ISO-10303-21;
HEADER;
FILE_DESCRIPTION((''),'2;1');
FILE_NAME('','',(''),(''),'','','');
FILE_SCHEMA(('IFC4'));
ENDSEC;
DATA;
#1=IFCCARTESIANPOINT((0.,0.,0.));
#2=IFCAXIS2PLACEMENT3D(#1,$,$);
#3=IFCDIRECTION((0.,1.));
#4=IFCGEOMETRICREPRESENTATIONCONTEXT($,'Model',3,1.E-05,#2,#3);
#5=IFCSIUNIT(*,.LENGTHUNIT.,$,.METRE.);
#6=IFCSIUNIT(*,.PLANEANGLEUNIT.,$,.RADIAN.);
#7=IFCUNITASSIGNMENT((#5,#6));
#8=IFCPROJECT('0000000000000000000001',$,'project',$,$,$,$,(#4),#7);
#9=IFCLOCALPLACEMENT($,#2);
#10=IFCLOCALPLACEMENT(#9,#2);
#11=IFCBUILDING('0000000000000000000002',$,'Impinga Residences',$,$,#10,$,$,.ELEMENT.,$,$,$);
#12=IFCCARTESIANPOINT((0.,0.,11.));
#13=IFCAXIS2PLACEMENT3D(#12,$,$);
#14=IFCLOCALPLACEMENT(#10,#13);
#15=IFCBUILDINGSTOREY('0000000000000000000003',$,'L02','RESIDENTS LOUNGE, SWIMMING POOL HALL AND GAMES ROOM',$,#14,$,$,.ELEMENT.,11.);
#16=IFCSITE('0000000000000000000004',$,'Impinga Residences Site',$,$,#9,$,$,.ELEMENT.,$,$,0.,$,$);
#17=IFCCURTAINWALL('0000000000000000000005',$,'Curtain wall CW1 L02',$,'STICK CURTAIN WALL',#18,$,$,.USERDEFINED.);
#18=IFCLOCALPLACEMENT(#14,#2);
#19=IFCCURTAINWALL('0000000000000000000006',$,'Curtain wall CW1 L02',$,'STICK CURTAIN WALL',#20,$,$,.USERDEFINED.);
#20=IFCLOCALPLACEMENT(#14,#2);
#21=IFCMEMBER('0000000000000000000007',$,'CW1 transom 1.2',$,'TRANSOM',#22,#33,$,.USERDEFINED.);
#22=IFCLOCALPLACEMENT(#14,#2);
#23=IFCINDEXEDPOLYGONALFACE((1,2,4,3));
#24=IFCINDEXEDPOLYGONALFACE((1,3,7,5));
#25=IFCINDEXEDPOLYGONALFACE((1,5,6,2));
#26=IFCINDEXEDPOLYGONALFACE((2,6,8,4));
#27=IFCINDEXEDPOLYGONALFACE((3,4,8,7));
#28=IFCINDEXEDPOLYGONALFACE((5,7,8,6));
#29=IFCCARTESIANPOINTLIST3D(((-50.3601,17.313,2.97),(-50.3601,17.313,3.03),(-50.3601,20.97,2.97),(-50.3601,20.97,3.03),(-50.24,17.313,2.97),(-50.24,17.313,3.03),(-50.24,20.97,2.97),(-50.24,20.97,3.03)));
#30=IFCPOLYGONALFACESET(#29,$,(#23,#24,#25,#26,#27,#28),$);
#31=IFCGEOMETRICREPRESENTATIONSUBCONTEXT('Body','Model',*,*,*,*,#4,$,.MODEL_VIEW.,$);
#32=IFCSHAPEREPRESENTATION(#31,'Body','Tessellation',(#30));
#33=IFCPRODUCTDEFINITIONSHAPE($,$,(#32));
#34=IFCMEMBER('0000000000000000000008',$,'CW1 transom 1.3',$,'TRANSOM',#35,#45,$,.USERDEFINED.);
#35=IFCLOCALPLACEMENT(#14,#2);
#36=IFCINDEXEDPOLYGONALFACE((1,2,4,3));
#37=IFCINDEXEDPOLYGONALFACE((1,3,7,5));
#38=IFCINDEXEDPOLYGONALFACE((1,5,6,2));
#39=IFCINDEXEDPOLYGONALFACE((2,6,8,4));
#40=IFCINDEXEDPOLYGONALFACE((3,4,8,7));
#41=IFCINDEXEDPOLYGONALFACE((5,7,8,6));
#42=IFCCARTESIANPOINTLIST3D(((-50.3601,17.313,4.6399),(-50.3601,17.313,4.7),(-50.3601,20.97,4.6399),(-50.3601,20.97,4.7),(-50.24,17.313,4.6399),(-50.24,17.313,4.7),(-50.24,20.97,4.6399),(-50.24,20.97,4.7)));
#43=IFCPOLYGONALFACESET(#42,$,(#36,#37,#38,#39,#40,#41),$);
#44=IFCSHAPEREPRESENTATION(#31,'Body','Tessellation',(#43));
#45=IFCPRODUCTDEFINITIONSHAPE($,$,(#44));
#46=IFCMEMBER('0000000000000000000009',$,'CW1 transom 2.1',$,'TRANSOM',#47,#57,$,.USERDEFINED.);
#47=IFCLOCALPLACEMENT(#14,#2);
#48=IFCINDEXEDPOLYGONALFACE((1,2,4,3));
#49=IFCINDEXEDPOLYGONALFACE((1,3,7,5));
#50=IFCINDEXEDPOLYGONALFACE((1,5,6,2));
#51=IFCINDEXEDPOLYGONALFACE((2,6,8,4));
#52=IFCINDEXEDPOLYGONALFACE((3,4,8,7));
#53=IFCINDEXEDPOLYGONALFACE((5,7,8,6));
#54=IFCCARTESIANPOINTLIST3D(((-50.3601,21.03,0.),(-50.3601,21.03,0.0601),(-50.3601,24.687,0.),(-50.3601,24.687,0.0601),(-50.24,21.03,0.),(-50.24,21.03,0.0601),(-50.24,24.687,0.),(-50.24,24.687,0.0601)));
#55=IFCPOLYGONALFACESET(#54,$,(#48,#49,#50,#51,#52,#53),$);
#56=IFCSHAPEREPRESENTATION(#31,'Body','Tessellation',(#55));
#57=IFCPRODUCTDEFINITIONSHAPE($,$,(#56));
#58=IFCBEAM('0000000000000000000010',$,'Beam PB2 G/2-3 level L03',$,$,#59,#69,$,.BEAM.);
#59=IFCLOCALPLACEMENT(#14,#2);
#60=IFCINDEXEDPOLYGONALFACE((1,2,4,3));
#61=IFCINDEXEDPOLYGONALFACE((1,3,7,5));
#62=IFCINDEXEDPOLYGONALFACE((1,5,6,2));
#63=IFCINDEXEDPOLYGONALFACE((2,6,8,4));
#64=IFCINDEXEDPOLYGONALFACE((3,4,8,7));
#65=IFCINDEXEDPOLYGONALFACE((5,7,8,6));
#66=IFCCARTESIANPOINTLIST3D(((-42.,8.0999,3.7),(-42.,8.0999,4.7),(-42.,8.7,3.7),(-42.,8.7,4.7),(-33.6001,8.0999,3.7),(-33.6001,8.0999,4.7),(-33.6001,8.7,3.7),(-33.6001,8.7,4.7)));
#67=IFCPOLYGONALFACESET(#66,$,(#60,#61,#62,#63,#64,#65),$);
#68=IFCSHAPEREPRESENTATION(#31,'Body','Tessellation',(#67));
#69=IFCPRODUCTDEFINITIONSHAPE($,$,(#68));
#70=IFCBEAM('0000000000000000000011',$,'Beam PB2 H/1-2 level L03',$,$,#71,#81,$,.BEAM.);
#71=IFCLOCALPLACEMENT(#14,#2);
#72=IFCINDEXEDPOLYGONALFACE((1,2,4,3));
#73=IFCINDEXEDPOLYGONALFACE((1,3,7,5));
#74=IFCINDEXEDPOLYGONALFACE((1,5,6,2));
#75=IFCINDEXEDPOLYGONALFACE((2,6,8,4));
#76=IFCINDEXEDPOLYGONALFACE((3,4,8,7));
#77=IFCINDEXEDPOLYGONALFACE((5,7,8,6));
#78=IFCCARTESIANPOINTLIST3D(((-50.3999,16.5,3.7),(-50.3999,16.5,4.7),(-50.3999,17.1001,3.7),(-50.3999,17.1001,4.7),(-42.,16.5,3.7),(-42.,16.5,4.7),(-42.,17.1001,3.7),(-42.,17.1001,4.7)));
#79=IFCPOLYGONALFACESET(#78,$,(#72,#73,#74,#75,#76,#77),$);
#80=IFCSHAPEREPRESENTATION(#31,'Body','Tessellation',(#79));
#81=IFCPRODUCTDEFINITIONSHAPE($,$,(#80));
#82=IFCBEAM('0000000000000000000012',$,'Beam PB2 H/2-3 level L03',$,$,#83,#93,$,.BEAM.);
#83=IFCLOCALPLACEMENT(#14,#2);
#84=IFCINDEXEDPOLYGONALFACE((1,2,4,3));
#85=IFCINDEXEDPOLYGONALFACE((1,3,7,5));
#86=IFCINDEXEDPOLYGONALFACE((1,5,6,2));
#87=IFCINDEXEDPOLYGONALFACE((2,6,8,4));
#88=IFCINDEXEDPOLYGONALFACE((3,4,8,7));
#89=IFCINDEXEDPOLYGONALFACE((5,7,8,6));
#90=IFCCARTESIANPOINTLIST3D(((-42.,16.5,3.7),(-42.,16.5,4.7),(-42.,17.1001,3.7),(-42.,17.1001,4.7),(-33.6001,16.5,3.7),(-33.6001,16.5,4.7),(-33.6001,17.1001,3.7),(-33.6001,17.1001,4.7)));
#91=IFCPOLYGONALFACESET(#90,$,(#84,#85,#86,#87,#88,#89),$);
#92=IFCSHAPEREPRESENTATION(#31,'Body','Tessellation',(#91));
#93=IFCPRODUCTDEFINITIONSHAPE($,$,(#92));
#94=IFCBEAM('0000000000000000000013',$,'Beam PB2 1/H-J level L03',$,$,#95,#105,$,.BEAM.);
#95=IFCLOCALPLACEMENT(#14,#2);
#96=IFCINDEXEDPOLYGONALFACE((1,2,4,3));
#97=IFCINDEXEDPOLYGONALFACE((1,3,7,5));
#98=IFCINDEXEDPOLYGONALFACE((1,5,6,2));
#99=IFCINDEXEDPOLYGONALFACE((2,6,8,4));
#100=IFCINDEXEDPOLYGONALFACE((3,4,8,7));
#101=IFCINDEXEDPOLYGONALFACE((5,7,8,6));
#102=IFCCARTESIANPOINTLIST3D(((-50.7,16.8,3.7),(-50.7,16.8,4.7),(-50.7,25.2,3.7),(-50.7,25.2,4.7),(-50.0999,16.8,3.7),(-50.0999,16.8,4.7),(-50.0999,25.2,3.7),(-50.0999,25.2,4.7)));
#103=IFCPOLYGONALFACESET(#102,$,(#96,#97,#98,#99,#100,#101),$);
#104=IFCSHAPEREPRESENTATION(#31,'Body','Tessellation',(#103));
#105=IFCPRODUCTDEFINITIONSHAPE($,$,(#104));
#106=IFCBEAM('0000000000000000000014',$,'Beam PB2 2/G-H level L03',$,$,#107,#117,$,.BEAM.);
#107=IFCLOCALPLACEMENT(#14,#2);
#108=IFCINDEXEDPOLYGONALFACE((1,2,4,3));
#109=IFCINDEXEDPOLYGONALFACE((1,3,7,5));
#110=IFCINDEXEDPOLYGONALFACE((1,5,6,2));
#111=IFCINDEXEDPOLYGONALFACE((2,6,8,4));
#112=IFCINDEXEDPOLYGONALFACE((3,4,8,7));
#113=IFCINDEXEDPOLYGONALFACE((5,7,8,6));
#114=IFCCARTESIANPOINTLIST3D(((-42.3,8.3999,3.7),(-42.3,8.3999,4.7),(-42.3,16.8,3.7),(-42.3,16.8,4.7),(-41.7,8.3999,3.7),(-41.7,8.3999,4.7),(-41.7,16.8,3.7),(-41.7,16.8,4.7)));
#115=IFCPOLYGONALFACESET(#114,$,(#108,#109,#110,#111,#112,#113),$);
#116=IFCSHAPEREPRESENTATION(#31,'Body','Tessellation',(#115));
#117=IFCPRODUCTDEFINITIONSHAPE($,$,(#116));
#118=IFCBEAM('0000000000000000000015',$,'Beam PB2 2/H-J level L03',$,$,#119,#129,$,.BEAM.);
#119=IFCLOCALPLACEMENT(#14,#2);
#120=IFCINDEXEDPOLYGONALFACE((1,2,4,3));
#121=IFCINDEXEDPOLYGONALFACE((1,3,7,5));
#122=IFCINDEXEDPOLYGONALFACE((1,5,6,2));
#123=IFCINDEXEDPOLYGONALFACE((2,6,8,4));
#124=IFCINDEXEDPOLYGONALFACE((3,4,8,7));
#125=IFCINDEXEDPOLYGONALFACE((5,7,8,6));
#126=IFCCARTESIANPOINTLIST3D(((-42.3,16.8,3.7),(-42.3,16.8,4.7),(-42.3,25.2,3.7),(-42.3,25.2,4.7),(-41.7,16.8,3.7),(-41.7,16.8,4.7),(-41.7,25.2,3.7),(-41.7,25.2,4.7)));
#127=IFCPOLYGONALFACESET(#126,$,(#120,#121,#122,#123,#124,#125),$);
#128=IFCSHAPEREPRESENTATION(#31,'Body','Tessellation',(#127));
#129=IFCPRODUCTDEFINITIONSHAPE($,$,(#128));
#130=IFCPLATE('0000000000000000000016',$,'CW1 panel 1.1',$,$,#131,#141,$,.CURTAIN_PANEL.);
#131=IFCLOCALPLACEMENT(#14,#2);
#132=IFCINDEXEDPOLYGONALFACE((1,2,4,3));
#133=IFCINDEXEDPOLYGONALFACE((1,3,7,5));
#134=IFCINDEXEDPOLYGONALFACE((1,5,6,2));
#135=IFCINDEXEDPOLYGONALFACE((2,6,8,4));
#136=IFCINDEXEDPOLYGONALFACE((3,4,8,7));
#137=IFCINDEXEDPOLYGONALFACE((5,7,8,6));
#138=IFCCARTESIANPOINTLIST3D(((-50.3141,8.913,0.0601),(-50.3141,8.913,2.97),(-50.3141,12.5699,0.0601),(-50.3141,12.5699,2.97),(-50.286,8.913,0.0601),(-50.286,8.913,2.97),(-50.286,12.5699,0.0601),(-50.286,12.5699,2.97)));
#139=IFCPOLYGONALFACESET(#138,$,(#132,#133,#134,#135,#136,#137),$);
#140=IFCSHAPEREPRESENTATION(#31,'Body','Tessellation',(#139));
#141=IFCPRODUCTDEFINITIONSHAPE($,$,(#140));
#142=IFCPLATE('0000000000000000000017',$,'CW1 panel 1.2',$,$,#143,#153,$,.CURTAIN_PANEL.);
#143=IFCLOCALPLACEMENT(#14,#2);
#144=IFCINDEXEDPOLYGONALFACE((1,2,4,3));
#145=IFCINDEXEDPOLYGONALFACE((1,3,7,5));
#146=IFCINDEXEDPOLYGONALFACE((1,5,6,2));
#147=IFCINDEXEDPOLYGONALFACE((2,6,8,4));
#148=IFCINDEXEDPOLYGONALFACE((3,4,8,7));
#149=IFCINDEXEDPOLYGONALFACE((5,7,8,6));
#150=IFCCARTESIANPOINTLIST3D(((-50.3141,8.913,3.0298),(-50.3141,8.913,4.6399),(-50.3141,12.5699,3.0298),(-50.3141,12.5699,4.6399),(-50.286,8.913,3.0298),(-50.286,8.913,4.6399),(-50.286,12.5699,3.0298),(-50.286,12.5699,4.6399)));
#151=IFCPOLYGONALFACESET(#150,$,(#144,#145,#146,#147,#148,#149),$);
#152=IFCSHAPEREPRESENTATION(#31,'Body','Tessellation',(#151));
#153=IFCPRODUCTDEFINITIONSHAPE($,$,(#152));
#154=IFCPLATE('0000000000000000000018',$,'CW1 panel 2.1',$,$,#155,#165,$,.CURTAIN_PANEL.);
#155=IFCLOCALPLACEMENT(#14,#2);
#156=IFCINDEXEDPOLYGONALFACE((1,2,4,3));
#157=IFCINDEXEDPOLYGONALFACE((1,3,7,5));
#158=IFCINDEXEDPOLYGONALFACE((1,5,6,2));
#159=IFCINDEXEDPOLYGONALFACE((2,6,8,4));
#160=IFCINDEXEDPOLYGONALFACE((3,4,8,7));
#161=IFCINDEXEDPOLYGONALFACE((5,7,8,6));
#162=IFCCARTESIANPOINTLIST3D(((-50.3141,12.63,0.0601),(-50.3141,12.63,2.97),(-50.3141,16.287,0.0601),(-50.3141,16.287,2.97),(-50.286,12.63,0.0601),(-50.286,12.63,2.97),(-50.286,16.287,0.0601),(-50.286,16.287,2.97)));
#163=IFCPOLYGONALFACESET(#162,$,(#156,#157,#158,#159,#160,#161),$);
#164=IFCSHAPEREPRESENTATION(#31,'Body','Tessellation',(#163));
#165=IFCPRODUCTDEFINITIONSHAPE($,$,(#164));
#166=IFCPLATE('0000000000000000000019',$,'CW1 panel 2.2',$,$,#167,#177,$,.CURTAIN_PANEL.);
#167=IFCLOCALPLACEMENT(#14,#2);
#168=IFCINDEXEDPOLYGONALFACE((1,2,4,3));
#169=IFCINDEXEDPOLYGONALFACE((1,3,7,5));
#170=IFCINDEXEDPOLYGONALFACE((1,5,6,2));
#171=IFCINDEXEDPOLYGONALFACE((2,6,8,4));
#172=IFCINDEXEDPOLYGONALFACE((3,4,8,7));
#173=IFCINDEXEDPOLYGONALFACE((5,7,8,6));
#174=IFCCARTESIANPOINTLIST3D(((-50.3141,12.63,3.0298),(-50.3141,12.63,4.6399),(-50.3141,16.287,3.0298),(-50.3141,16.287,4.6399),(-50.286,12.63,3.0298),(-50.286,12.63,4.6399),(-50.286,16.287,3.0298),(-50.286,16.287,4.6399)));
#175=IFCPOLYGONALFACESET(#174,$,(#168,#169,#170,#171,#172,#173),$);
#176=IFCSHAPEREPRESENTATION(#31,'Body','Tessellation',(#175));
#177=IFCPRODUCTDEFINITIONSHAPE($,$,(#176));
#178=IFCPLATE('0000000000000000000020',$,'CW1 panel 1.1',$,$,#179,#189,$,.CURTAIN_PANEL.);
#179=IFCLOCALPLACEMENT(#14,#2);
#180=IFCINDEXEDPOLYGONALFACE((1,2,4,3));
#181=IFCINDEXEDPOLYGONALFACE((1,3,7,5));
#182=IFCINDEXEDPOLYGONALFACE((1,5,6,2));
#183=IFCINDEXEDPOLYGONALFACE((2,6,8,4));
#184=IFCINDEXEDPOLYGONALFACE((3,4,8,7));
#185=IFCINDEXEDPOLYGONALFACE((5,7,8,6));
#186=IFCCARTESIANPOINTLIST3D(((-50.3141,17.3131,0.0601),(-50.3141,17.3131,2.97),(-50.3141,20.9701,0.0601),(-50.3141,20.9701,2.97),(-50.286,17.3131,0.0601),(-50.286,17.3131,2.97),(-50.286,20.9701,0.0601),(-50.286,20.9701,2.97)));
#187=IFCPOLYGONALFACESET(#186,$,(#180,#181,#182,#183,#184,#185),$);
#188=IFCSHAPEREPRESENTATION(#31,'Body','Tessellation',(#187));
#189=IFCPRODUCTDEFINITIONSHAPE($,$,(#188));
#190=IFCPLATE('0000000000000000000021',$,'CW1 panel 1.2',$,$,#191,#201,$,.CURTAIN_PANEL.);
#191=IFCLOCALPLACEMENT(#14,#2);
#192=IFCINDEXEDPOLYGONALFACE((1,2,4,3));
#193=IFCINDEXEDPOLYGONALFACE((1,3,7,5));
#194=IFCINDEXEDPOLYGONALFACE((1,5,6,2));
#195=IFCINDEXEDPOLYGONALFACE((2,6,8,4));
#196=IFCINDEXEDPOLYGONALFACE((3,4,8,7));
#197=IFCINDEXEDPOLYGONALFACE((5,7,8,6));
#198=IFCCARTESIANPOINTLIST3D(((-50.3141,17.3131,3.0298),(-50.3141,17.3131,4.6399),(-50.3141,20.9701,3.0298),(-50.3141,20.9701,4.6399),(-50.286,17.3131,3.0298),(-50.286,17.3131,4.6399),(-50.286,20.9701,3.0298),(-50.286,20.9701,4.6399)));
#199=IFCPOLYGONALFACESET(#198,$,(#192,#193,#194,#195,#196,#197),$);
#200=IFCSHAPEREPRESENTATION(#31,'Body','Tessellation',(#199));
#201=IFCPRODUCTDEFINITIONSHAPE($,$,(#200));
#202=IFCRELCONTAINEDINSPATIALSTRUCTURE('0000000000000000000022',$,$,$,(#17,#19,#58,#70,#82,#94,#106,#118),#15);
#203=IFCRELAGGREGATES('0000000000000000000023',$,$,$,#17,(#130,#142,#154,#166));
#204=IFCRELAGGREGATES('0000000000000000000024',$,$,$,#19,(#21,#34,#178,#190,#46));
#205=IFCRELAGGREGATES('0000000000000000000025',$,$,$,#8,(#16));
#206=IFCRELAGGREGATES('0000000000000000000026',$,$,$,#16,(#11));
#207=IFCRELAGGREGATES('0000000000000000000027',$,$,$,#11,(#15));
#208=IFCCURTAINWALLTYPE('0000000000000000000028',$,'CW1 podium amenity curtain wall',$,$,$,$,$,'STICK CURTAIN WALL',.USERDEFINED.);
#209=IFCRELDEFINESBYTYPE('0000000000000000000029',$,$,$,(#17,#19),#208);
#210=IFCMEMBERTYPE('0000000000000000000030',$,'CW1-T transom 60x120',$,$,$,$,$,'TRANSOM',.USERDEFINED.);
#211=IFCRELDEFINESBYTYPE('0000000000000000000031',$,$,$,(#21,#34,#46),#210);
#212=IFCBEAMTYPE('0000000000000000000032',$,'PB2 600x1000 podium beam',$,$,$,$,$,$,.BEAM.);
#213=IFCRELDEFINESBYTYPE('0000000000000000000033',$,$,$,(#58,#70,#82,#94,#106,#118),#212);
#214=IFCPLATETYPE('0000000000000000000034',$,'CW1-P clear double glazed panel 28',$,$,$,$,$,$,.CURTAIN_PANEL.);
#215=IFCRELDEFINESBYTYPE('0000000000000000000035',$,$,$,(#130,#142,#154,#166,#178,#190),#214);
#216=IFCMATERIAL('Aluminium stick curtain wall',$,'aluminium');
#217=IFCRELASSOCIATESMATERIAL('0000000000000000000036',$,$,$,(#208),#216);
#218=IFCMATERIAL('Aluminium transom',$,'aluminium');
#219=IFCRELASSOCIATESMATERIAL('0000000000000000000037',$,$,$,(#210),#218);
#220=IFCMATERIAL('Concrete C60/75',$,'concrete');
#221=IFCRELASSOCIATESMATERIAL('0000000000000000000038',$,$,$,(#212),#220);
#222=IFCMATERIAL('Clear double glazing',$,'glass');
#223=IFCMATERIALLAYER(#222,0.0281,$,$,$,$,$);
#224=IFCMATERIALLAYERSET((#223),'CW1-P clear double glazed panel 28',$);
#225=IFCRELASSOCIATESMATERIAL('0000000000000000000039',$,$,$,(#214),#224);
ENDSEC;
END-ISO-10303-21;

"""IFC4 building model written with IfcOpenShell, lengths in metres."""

from ifc_helpers import new_model, si_unit, direction, frame, origin, origin_2d, place, context, subcontext, project, spatial, rectangle, extrude, material, layer, layer_set, material_profile, profile_set, type_object, element, aggregate, save


model = new_model("IFC4")

# Units and contexts
model_context = context("Model", 3, precision=1e-05, world=origin(), true_north=direction((0.0, 1.0)))
body_context = subcontext(model_context, "Body", "Model", "MODEL_VIEW")
ifc_project = project(units=[si_unit("LENGTHUNIT", "METRE"), si_unit("PLANEANGLEUNIT", "RADIAN")], contexts=[model_context])

# Site, building, storey
site_placement = place(None, origin())
site = spatial("IfcSite", under=ifc_project, at=site_placement, Name="Impinga Residences Site", CompositionType="ELEMENT", RefElevation=0.0)
building_placement = place(site_placement, origin())
building = spatial("IfcBuilding", under=site, at=building_placement, Name="Impinga Residences", CompositionType="ELEMENT")
storey_placement = place(building_placement, frame((0.0, 0.0, 11.0)))
storey = spatial("IfcBuildingStorey", under=building, at=storey_placement, Name="L02", Description="RESIDENTS LOUNGE, SWIMMING POOL HALL AND GAMES ROOM", CompositionType="ELEMENT", Elevation=11.0)

# Curtain walls
ifc_material_1 = material(Name="Aluminium stick curtain wall", Category="aluminium")
curtain_wall_type = type_object("IfcCurtainWallType", Name="CW1 podium amenity curtain wall", ElementType="STICK CURTAIN WALL", PredefinedType="USERDEFINED", material=ifc_material_1)
curtain_wall_1_placement = place(storey_placement, origin())
curtain_wall_1 = element("IfcCurtainWall", 1, at=curtain_wall_1_placement, inside=storey, type_object=curtain_wall_type, Name="Curtain wall CW1 L02", ObjectType="STICK CURTAIN WALL", PredefinedType="USERDEFINED")
curtain_wall_2_placement = place(storey_placement, origin())
curtain_wall_2 = element("IfcCurtainWall", 2, at=curtain_wall_2_placement, inside=storey, type_object=curtain_wall_type, Name="Curtain wall CW1 L02", ObjectType="STICK CURTAIN WALL", PredefinedType="USERDEFINED")

# Members
ifc_material_2 = material(Name="Aluminium transom", Category="aluminium")
ifc_material_profile_1 = material_profile(ifc_material_2, rectangle(XDim=0.0601, YDim=0.1201, at=origin_2d()), Name="60x120 transom")
ifc_profile_set_1 = profile_set([ifc_material_profile_1], Name="Aluminium transom")
member_type_1 = type_object("IfcMemberType", Name="CW1-T transom 60x120", ElementType="TRANSOM", PredefinedType="USERDEFINED", material=ifc_profile_set_1)
member_1_placement = place(storey_placement, frame((-50.3, 17.313, 3.0), z_axis=(0.0, 1.0, 0.0), x_axis=(0.0, 0.0, 1.0)))
member_1 = element("IfcMember", 3, at=member_1_placement, type_object=member_type_1, Name="CW1 transom 1.2", ObjectType="TRANSOM", PredefinedType="USERDEFINED", context=body_context, shape_type="SweptSolid", body=[
    extrude(rectangle(XDim=0.0601, YDim=0.1201, at=origin_2d()), origin(), (0.0, 0.0, 1.0), 3.657),
])
member_2_placement = place(storey_placement, frame((-50.3, 17.313, 4.6699), z_axis=(0.0, 1.0, 0.0), x_axis=(0.0, 0.0, 1.0)))
member_2 = element("IfcMember", 4, at=member_2_placement, type_object=member_type_1, Name="CW1 transom 1.3", ObjectType="TRANSOM", PredefinedType="USERDEFINED", context=body_context, shape_type="SweptSolid", body=[
    extrude(rectangle(XDim=0.0601, YDim=0.1201, at=origin_2d()), origin(), (0.0, 0.0, 1.0), 3.657),
])
member_3_placement = place(storey_placement, frame((-50.3, 21.03, 0.03), z_axis=(0.0, 1.0, 0.0), x_axis=(0.0, 0.0, 1.0)))
member_3 = element("IfcMember", 5, at=member_3_placement, type_object=member_type_1, Name="CW1 transom 2.1", ObjectType="TRANSOM", PredefinedType="USERDEFINED", context=body_context, shape_type="SweptSolid", body=[
    extrude(rectangle(XDim=0.0601, YDim=0.1201, at=origin_2d()), origin(), (0.0, 0.0, 1.0), 3.657),
])

# Beams
ifc_material_3 = material(Name="Concrete C60/75", Category="concrete")
ifc_material_profile_2 = material_profile(ifc_material_3, rectangle(XDim=0.6001, YDim=1.0, at=origin_2d()), Name="RC 600x1000")
ifc_profile_set_2 = profile_set([ifc_material_profile_2], Name="Concrete C60/75")
beam_type = type_object("IfcBeamType", Name="PB2 600x1000 podium beam", PredefinedType="BEAM", material=ifc_profile_set_2)
for number, where, z_axis, x_axis, name in (
    (6, (-42.0, 8.3999, 4.2), (1.0, 0.0, 0.0), (0.0, 1.0, 0.0), "Beam PB2 G/2-3 level L03"),
    (7, (-50.3999, 16.8, 4.2), (1.0, 0.0, 0.0), (0.0, 1.0, 0.0), "Beam PB2 H/1-2 level L03"),
    (8, (-42.0, 16.8, 4.2), (1.0, 0.0, 0.0), (0.0, 1.0, 0.0), "Beam PB2 H/2-3 level L03"),
    (9, (-50.3999, 16.8, 4.2), (0.0, 1.0, 0.0), (-1.0, 0.0, 0.0), "Beam PB2 1/H-J level L03"),
):
    element("IfcBeam", number, at=place(storey_placement, frame(where, z_axis=z_axis, x_axis=x_axis)), inside=storey, type_object=beam_type, Name=name, PredefinedType="BEAM", context=body_context, shape_type="SweptSolid", body=[
        extrude(rectangle(XDim=0.6001, YDim=1.0, at=origin_2d()), origin(), (0.0, 0.0, 1.0), 8.3999),
    ])
beam_1_placement = place(storey_placement, frame((-42.0, 8.3999, 4.2), z_axis=(0.0, 1.0, 0.0), x_axis=(-1.0, 0.0, 0.0)))
element("IfcBeam", 10, at=beam_1_placement, inside=storey, type_object=beam_type, Name="Beam PB2 2/G-H level L03", PredefinedType="BEAM", context=body_context, shape_type="SweptSolid", body=[
    extrude(rectangle(XDim=0.6001, YDim=1.0, at=origin_2d()), origin(), (0.0, 0.0, 1.0), 8.4001),
])
beam_2_placement = place(storey_placement, frame((-42.0, 16.8, 4.2), z_axis=(0.0, 1.0, 0.0), x_axis=(-1.0, 0.0, 0.0)))
element("IfcBeam", 11, at=beam_2_placement, inside=storey, type_object=beam_type, Name="Beam PB2 2/H-J level L03", PredefinedType="BEAM", context=body_context, shape_type="SweptSolid", body=[
    extrude(rectangle(XDim=0.6001, YDim=1.0, at=origin_2d()), origin(), (0.0, 0.0, 1.0), 8.3999),
])

# Plates
ifc_material_4 = material(Name="Clear double glazing", Category="glass")
ifc_layer_1 = layer(ifc_material_4, 0.0281)
ifc_layer_set_1 = layer_set([ifc_layer_1], Name="CW1-P clear double glazed panel 28")
plate_type = type_object("IfcPlateType", Name="CW1-P clear double glazed panel 28", PredefinedType="CURTAIN_PANEL", material=ifc_layer_set_1)
plate_1_placement = place(storey_placement, frame((-50.3, 10.7415, 0.0601), z_axis=(0.0, 0.0, 1.0), x_axis=(0.0, 1.0, 0.0)))
plate_1 = element("IfcPlate", 12, at=plate_1_placement, type_object=plate_type, Name="CW1 panel 1.1", PredefinedType="CURTAIN_PANEL", context=body_context, shape_type="SweptSolid", body=[
    extrude(rectangle(XDim=3.657, YDim=0.0281, at=origin_2d()), origin(), (0.0, 0.0, 1.0), 2.9099),
])
plate_2_placement = place(storey_placement, frame((-50.3, 10.7415, 3.0298), z_axis=(0.0, 0.0, 1.0), x_axis=(0.0, 1.0, 0.0)))
plate_2 = element("IfcPlate", 13, at=plate_2_placement, type_object=plate_type, Name="CW1 panel 1.2", PredefinedType="CURTAIN_PANEL", context=body_context, shape_type="SweptSolid", body=[
    extrude(rectangle(XDim=3.657, YDim=0.0281, at=origin_2d()), origin(), (0.0, 0.0, 1.0), 1.6101),
])
plate_3_placement = place(storey_placement, frame((-50.3, 14.4585, 0.0601), z_axis=(0.0, 0.0, 1.0), x_axis=(0.0, 1.0, 0.0)))
plate_3 = element("IfcPlate", 14, at=plate_3_placement, type_object=plate_type, Name="CW1 panel 2.1", PredefinedType="CURTAIN_PANEL", context=body_context, shape_type="SweptSolid", body=[
    extrude(rectangle(XDim=3.657, YDim=0.0281, at=origin_2d()), origin(), (0.0, 0.0, 1.0), 2.9099),
])
plate_4_placement = place(storey_placement, frame((-50.3, 14.4585, 3.0298), z_axis=(0.0, 0.0, 1.0), x_axis=(0.0, 1.0, 0.0)))
plate_4 = element("IfcPlate", 15, at=plate_4_placement, type_object=plate_type, Name="CW1 panel 2.2", PredefinedType="CURTAIN_PANEL", context=body_context, shape_type="SweptSolid", body=[
    extrude(rectangle(XDim=3.657, YDim=0.0281, at=origin_2d()), origin(), (0.0, 0.0, 1.0), 1.6101),
])
aggregate(curtain_wall_1, [plate_1, plate_2, plate_3, plate_4])
plate_5_placement = place(storey_placement, frame((-50.3, 19.1416, 0.0601), z_axis=(0.0, 0.0, 1.0), x_axis=(0.0, 1.0, 0.0)))
plate_5 = element("IfcPlate", 16, at=plate_5_placement, type_object=plate_type, Name="CW1 panel 1.1", PredefinedType="CURTAIN_PANEL", context=body_context, shape_type="SweptSolid", body=[
    extrude(rectangle(XDim=3.657, YDim=0.0281, at=origin_2d()), origin(), (0.0, 0.0, 1.0), 2.9099),
])
plate_6_placement = place(storey_placement, frame((-50.3, 19.1416, 3.0298), z_axis=(0.0, 0.0, 1.0), x_axis=(0.0, 1.0, 0.0)))
plate_6 = element("IfcPlate", 17, at=plate_6_placement, type_object=plate_type, Name="CW1 panel 1.2", PredefinedType="CURTAIN_PANEL", context=body_context, shape_type="SweptSolid", body=[
    extrude(rectangle(XDim=3.657, YDim=0.0281, at=origin_2d()), origin(), (0.0, 0.0, 1.0), 1.6101),
])
aggregate(curtain_wall_2, [member_1, member_2, plate_5, plate_6, member_3])

save(model, "model.ifc")
